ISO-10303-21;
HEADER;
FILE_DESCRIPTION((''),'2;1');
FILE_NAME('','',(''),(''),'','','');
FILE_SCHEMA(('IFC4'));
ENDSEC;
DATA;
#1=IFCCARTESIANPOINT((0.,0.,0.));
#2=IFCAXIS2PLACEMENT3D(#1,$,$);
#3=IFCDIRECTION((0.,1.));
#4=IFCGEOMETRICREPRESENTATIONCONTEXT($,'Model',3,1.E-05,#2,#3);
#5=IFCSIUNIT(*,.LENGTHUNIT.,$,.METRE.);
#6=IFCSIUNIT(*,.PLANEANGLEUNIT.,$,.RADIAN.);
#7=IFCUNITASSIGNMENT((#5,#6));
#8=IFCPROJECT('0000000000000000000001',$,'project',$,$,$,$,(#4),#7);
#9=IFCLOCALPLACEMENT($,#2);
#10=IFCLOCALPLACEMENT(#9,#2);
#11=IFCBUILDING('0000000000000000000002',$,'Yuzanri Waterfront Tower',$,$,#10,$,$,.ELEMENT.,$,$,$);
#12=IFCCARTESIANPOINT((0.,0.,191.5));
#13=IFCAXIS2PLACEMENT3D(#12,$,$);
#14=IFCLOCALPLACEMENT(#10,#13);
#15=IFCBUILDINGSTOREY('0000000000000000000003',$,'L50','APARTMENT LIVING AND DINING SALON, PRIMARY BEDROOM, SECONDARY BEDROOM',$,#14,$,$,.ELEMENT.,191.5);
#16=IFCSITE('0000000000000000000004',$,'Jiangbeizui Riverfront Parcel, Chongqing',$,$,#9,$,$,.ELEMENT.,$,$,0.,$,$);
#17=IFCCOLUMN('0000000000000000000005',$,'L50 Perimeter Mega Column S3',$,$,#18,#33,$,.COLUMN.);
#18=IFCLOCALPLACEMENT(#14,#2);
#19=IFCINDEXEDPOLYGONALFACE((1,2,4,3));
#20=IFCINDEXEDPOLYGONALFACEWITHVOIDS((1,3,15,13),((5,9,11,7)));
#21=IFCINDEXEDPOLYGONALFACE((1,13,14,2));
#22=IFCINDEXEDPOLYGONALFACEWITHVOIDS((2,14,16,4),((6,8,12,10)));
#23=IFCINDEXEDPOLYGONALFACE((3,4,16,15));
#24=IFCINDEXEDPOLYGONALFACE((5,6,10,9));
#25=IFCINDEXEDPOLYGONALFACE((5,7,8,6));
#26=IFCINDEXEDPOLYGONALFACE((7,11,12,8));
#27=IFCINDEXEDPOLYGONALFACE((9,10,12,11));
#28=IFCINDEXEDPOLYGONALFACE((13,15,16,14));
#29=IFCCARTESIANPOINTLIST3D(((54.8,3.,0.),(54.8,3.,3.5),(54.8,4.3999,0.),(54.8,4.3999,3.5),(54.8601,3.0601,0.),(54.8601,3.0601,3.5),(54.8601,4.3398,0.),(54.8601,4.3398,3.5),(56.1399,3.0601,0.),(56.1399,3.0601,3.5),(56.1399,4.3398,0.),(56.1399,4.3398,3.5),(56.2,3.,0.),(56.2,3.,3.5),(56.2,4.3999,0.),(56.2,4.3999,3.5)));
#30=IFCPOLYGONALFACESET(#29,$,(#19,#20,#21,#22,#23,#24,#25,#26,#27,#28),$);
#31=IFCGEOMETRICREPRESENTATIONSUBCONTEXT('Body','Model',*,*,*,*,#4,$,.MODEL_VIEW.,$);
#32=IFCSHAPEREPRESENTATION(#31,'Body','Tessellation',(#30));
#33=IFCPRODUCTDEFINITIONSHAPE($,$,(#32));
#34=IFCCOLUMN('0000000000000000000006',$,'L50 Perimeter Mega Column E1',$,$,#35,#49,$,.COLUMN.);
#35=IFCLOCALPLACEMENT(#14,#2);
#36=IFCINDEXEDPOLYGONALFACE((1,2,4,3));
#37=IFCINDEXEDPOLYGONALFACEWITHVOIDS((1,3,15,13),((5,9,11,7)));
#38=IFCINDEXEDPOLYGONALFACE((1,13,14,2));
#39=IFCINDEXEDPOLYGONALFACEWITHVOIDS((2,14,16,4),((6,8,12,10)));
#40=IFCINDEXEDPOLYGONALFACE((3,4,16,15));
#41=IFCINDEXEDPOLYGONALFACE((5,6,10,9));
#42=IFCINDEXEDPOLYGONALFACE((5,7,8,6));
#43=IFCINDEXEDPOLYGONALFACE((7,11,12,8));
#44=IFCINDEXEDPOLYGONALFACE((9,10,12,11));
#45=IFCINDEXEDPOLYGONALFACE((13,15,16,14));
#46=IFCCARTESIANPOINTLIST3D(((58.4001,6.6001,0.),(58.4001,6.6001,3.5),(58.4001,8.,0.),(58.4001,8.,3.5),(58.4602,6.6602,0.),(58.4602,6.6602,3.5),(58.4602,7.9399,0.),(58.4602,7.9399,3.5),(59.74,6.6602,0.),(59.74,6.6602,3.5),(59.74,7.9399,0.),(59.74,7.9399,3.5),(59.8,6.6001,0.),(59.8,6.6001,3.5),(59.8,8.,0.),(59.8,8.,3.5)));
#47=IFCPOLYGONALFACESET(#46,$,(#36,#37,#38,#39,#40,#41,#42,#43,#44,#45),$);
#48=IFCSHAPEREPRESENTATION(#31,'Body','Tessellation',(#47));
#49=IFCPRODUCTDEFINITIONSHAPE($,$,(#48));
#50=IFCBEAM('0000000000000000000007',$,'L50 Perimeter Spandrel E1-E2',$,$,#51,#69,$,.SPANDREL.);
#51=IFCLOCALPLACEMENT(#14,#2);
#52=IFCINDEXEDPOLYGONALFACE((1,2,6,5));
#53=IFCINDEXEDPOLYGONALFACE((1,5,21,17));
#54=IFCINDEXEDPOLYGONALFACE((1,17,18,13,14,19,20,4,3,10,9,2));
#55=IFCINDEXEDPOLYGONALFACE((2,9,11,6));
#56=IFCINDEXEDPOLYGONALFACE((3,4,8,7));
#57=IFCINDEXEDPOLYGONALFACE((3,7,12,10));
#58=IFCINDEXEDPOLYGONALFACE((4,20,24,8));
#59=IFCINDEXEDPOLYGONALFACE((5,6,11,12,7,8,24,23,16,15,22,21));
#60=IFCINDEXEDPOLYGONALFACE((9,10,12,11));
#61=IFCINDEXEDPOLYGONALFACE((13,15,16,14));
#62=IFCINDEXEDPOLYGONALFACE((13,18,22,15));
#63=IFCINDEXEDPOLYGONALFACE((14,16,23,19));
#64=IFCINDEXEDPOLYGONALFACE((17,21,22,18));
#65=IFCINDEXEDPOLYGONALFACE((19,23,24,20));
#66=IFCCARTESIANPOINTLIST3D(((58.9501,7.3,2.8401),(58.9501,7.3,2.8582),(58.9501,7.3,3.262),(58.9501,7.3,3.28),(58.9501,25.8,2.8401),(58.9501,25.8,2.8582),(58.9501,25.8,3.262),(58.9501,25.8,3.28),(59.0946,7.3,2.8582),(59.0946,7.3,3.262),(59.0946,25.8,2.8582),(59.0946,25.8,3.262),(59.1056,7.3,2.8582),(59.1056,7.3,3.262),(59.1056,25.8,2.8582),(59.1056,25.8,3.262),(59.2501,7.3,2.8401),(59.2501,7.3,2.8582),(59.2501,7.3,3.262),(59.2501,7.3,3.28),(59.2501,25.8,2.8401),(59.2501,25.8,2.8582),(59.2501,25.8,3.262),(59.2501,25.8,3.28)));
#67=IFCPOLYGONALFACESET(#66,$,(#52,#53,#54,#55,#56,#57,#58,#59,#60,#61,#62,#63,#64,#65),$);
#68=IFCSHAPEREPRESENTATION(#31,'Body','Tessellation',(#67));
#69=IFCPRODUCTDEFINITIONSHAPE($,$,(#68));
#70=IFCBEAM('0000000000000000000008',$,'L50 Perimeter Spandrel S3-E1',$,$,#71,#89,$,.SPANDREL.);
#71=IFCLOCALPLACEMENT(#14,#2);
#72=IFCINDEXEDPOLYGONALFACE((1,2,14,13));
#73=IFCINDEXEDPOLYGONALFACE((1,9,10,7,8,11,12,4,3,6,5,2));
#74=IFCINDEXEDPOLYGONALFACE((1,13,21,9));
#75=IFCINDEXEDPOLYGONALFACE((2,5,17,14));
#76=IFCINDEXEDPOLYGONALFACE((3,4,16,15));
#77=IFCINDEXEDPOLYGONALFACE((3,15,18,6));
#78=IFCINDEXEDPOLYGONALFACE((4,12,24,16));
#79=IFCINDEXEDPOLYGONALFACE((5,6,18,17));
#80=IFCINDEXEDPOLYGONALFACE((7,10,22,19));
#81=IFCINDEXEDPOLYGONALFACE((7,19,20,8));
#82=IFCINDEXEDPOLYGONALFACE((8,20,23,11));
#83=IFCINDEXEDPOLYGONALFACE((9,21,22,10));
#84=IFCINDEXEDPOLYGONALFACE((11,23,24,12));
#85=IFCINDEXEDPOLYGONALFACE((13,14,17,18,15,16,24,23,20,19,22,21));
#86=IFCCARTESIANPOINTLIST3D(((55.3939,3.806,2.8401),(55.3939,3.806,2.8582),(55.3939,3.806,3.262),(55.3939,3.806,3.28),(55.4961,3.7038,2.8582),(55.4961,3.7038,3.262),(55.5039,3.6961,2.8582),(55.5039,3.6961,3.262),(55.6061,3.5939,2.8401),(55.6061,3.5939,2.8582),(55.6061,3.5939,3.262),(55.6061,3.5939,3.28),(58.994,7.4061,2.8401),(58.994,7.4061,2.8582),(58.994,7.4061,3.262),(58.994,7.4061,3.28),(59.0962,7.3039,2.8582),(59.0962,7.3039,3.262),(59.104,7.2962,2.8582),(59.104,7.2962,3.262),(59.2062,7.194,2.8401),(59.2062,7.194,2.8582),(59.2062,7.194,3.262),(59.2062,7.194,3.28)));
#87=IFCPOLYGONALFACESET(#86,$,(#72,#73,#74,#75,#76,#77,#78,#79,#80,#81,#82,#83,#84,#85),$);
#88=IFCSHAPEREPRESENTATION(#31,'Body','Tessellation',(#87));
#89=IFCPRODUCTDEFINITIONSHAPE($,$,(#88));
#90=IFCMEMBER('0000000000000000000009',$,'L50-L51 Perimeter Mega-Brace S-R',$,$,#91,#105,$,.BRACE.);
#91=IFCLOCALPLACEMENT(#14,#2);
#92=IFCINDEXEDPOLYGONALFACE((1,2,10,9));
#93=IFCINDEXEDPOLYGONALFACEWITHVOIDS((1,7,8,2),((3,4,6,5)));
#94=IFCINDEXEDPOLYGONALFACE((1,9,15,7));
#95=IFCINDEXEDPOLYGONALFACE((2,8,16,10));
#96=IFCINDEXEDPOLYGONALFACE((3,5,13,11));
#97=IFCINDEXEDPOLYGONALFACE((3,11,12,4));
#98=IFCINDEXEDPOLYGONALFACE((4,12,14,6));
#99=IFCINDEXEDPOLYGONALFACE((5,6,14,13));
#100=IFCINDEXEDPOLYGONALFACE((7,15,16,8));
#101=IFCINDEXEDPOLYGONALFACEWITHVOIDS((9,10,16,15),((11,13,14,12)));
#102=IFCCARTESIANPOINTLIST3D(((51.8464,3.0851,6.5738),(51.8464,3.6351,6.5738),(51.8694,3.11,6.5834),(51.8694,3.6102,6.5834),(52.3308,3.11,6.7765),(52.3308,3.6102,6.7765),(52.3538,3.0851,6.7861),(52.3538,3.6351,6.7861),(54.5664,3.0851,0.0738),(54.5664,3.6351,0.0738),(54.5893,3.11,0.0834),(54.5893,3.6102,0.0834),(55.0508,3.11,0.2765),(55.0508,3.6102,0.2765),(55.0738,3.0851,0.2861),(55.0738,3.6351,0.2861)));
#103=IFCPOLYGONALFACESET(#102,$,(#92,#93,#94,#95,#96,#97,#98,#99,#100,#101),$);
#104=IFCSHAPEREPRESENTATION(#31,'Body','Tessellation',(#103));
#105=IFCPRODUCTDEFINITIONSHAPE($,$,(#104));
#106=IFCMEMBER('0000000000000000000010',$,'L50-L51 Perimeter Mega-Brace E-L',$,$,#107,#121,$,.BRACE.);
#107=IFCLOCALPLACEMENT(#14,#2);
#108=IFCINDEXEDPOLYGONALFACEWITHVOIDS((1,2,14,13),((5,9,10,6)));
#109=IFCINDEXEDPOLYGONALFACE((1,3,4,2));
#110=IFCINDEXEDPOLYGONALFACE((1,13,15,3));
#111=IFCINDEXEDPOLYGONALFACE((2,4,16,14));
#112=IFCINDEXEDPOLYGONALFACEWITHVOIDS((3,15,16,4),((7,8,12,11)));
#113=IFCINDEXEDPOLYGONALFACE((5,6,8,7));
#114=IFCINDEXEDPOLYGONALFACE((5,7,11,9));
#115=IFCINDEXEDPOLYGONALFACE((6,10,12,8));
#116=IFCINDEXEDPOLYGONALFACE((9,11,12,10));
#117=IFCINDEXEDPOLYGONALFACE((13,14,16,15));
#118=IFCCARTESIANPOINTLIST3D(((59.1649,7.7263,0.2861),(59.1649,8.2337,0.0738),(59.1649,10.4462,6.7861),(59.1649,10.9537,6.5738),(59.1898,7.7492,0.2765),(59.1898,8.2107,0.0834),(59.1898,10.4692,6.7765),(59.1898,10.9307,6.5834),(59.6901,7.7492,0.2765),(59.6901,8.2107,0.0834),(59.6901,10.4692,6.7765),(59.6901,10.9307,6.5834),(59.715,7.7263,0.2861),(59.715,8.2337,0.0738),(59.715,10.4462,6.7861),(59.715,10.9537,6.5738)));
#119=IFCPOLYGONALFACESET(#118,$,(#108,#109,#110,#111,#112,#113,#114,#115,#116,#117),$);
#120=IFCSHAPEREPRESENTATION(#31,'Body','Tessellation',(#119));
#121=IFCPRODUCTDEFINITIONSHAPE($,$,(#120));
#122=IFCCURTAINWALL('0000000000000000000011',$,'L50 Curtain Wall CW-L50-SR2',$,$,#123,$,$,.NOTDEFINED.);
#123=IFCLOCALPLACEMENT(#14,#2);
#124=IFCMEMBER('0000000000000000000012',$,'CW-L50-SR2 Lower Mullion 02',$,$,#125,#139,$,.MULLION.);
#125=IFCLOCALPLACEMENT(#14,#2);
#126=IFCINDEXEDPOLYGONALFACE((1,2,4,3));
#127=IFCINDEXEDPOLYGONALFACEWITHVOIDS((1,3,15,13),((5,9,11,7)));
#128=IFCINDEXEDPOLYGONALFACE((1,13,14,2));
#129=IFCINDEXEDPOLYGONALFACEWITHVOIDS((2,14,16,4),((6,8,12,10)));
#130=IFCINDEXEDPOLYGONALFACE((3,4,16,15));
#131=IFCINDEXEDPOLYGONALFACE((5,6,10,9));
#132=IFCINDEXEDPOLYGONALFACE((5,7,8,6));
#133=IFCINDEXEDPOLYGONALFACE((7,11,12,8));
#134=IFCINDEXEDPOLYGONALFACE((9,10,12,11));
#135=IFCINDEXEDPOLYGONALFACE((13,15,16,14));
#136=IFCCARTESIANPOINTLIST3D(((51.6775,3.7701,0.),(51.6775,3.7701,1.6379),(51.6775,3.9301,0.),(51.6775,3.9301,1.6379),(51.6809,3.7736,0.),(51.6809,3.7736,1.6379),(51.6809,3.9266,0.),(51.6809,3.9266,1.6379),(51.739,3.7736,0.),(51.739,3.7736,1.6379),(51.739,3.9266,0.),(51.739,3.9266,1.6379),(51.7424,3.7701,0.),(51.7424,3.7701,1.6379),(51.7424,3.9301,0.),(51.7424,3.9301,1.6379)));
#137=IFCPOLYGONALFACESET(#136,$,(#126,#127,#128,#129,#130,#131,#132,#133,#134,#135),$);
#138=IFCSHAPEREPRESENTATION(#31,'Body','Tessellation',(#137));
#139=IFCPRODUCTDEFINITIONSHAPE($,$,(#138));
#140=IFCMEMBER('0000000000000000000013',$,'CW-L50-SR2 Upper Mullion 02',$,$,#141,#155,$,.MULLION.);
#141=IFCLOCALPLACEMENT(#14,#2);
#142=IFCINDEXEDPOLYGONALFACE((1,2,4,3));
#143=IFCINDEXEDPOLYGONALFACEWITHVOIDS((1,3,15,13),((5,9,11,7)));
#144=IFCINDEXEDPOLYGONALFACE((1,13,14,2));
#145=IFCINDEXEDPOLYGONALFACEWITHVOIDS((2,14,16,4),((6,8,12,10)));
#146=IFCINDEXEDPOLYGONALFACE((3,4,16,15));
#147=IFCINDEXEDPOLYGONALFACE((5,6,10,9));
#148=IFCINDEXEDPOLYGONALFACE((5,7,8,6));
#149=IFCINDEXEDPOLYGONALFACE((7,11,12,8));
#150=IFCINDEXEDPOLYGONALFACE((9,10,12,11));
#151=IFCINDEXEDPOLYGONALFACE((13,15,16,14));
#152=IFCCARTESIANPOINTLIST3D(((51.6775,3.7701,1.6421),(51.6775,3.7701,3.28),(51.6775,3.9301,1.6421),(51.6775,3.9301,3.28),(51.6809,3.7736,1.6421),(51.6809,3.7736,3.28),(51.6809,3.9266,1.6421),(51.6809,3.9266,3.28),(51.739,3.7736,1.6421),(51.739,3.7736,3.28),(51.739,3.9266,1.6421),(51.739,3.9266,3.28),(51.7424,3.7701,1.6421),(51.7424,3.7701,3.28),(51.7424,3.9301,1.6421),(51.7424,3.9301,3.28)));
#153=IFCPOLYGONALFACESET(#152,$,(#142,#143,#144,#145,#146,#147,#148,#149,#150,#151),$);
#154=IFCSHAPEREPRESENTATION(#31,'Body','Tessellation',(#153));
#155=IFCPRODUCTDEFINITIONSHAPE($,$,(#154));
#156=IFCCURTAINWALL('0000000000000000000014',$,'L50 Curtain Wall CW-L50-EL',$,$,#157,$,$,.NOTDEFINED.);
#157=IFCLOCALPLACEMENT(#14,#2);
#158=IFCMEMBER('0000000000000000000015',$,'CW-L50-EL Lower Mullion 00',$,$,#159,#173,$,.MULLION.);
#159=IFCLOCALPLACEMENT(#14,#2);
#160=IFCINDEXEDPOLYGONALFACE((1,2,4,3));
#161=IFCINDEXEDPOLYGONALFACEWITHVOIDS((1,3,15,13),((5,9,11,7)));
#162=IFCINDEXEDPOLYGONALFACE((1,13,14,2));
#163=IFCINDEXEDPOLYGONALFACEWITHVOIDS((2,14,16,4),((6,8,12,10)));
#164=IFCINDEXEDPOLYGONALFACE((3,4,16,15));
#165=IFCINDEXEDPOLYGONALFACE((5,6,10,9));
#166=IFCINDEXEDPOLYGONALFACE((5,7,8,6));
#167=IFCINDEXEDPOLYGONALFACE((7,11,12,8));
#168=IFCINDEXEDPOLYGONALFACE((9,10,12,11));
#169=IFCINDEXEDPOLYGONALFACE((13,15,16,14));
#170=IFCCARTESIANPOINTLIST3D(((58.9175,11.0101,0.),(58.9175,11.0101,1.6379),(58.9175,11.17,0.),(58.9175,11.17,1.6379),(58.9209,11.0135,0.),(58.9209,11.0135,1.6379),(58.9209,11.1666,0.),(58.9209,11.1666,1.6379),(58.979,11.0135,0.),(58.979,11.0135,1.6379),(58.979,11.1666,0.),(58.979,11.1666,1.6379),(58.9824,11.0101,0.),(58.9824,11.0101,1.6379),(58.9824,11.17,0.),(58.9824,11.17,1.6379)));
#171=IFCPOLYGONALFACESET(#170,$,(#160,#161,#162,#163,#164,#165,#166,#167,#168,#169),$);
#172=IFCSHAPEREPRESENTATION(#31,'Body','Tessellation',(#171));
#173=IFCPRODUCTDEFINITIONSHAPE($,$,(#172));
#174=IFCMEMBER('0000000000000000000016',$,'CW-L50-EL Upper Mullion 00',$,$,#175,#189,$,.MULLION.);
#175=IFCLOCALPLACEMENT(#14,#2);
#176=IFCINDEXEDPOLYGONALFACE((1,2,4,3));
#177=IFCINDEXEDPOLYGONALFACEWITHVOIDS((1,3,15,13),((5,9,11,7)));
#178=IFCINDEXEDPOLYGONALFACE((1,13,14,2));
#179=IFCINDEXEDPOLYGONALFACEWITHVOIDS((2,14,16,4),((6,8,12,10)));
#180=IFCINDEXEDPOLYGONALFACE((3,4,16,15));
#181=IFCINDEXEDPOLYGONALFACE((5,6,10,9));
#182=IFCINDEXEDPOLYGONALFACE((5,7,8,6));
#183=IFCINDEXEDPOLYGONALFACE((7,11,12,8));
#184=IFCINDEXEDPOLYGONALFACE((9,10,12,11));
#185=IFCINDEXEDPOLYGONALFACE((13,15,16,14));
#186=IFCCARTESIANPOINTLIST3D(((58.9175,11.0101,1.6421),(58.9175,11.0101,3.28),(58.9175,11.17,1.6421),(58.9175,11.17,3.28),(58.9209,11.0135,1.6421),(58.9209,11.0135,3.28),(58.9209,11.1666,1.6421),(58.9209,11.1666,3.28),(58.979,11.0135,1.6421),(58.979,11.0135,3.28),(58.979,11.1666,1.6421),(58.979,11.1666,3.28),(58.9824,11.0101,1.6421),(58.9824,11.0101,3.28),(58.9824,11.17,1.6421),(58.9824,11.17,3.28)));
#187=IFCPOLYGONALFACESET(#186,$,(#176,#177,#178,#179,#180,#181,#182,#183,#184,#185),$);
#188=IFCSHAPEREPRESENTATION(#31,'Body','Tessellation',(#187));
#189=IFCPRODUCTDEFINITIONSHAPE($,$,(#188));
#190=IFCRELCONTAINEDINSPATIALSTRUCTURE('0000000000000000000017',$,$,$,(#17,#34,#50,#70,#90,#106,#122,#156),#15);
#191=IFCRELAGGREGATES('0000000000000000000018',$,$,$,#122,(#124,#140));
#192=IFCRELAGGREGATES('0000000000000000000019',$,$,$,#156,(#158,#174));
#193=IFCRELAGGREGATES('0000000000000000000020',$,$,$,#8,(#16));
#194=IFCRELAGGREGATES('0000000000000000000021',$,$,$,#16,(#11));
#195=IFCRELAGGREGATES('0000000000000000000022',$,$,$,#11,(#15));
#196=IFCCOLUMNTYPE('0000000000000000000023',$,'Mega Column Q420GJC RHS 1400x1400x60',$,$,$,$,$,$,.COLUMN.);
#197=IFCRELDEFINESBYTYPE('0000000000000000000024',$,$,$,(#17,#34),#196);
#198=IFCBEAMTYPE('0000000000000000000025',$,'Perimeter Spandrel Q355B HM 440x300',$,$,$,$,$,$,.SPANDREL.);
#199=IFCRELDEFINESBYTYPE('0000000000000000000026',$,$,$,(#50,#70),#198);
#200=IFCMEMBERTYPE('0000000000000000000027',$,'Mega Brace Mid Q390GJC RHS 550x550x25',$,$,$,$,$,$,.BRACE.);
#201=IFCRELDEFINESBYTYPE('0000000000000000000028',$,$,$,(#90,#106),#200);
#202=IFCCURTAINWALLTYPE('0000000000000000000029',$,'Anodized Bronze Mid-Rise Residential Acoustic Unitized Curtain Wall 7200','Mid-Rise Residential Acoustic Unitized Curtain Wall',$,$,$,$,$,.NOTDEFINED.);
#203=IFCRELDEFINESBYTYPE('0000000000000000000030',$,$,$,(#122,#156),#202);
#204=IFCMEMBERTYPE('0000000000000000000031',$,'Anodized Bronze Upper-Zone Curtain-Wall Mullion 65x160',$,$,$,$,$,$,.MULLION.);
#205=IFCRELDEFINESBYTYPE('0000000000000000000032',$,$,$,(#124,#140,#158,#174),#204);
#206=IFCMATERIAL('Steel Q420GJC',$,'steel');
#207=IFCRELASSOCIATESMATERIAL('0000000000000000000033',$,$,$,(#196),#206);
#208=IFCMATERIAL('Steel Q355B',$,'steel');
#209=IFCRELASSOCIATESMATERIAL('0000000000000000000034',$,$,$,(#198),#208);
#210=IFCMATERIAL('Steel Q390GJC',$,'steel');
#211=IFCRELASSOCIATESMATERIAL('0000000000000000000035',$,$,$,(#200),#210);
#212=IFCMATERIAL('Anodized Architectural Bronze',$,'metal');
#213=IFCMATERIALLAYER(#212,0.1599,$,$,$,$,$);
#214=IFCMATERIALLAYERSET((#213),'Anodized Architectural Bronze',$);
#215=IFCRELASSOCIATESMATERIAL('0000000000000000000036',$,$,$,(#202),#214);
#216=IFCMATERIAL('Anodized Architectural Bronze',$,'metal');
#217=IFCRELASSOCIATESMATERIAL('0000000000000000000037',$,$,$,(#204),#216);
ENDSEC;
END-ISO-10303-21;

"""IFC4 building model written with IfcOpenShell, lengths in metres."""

from ifc_helpers import new_model, si_unit, direction, frame, origin, origin_2d, place, context, subcontext, project, spatial, hollow_rectangle, i_section, extrude, source, transform, mapped, material, layer, layer_set, material_profile, profile_set, type_object, element, aggregate, save


model = new_model("IFC4")

# Units and contexts
model_context = context("Model", 3, precision=1e-05, world=origin(), true_north=direction((0.0, 1.0)))
body_context = subcontext(model_context, "Body", "Model", "MODEL_VIEW")
ifc_project = project(units=[si_unit("LENGTHUNIT", "METRE"), si_unit("PLANEANGLEUNIT", "RADIAN")], contexts=[model_context])

# Site, building, storey
site_placement = place(None, origin())
site = spatial("IfcSite", under=ifc_project, at=site_placement, Name="Jiangbeizui Riverfront Parcel, Chongqing", CompositionType="ELEMENT", RefElevation=0.0)
building_placement = place(site_placement, origin())
building = spatial("IfcBuilding", under=site, at=building_placement, Name="Yuzanri Waterfront Tower", CompositionType="ELEMENT")
storey_placement = place(building_placement, frame((0.0, 0.0, 191.5)))
storey = spatial("IfcBuildingStorey", under=building, at=storey_placement, Name="L50", Description="APARTMENT LIVING AND DINING SALON, PRIMARY BEDROOM, SECONDARY BEDROOM", CompositionType="ELEMENT", Elevation=191.5)

# Columns
ifc_material_1 = material(Name="Steel Q420GJC", Category="steel")
ifc_material_profile_1 = material_profile(ifc_material_1, hollow_rectangle(XDim=1.3999, YDim=1.3999, WallThickness=0.0601, at=origin_2d()), Name="RHS 1400x1400x60")
ifc_profile_set_1 = profile_set([ifc_material_profile_1], Name="Steel Q420GJC")
column_type = type_object("IfcColumnType", Name="Mega Column Q420GJC RHS 1400x1400x60", PredefinedType="COLUMN", material=ifc_profile_set_1)
shared_shape_1 = source(origin(), body_context, "Body", "SweptSolid", [
    extrude(hollow_rectangle(XDim=1.3999, YDim=1.3999, WallThickness=0.0601, at=origin_2d()), origin(), (0.0, 0.0, 1.0), 3.5),
])
for number, where, z_axis, x_axis, name in (
    (1, (55.5, 3.7, 0.0), (0.0, 0.0, 1.0), (1.0, 0.0, 0.0), "L50 Perimeter Mega Column S3"),
    (2, (59.1001, 7.3, 0.0), (0.0, 0.0, 1.0), (1.0, 0.0, 0.0), "L50 Perimeter Mega Column E1"),
):
    element("IfcColumn", number, at=place(storey_placement, frame(where, z_axis=z_axis, x_axis=x_axis)), inside=storey, type_object=column_type, Name=name, PredefinedType="COLUMN", context=body_context, shape_type="MappedRepresentation", body=[
        mapped(shared_shape_1, transform((0.0, 0.0, 0.0), scale=1.0)),
    ])

# Beams
ifc_material_2 = material(Name="Steel Q355B", Category="steel")
ifc_material_profile_2 = material_profile(ifc_material_2, i_section(OverallWidth=0.3, OverallDepth=0.4399, WebThickness=0.011, FlangeThickness=0.0181, at=origin_2d()), Name="HM 440x300x11x18")
ifc_profile_set_2 = profile_set([ifc_material_profile_2], Name="Steel Q355B")
beam_type = type_object("IfcBeamType", Name="Perimeter Spandrel Q355B HM 440x300", PredefinedType="SPANDREL", material=ifc_profile_set_2)
shared_shape_2 = source(origin(), body_context, "Body", "SweptSolid", [
    extrude(i_section(OverallWidth=0.3, OverallDepth=0.4399, WebThickness=0.011, FlangeThickness=0.0181, at=origin_2d()), origin(), (0.0, 0.0, 1.0), 18.5),
])
beam_1_placement = place(storey_placement, frame((59.1001, 7.3, 3.0601), z_axis=(0.0, 1.0, 0.0), x_axis=(-1.0, 0.0, 0.0)))
element("IfcBeam", 3, at=beam_1_placement, inside=storey, type_object=beam_type, Name="L50 Perimeter Spandrel E1-E2", PredefinedType="SPANDREL", context=body_context, shape_type="MappedRepresentation", body=[
    mapped(shared_shape_2, transform((0.0, 0.0, 0.0), scale=1.0)),
])
shared_shape_3 = source(origin(), body_context, "Body", "SweptSolid", [
    extrude(i_section(OverallWidth=0.3, OverallDepth=0.4399, WebThickness=0.011, FlangeThickness=0.0181, at=origin_2d()), origin(), (0.0, 0.0, 1.0), 5.0913),
])
beam_2_placement = place(storey_placement, frame((55.5, 3.7, 3.0601), z_axis=(0.707107, 0.707107, 0.0), x_axis=(-0.707107, 0.707107, 0.0)))
element("IfcBeam", 4, at=beam_2_placement, inside=storey, type_object=beam_type, Name="L50 Perimeter Spandrel S3-E1", PredefinedType="SPANDREL", context=body_context, shape_type="MappedRepresentation", body=[
    mapped(shared_shape_3, transform((0.0, 0.0, 0.0), scale=1.0)),
])

# Members
ifc_material_3 = material(Name="Steel Q390GJC", Category="steel")
ifc_material_profile_3 = material_profile(ifc_material_3, hollow_rectangle(XDim=0.55, YDim=0.55, WallThickness=0.0249, at=origin_2d()), Name="RHS 550x550x25")
ifc_profile_set_3 = profile_set([ifc_material_profile_3], Name="Steel Q390GJC")
member_type_1 = type_object("IfcMemberType", Name="Mega Brace Mid Q390GJC RHS 550x550x25", PredefinedType="BRACE", material=ifc_profile_set_3)
shared_shape_4 = source(origin(), body_context, "Body", "SweptSolid", [
    extrude(hollow_rectangle(XDim=0.55, YDim=0.55, WallThickness=0.0249, at=origin_2d()), origin(), (0.0, 0.0, 1.0), 7.0461),
])
for number, where, z_axis, x_axis, name in (
    (5, (54.8201, 3.3601, 0.1799), (-0.386022, 0.0, 0.922489), (0.0, -1.0, 0.0), "L50-L51 Perimeter Mega-Brace S-R"),
    (6, (59.4399, 7.98, 0.1799), (0.0, 0.386022, 0.922489), (-1.0, 0.0, 0.0), "L50-L51 Perimeter Mega-Brace E-L"),
):
    element("IfcMember", number, at=place(storey_placement, frame(where, z_axis=z_axis, x_axis=x_axis)), inside=storey, type_object=member_type_1, Name=name, PredefinedType="BRACE", context=body_context, shape_type="MappedRepresentation", body=[
        mapped(shared_shape_4, transform((0.0, 0.0, 0.0), scale=1.0)),
    ])

# Curtain walls, members
ifc_material_4 = material(Name="Anodized Architectural Bronze", Category="metal")
ifc_layer_1 = layer(ifc_material_4, 0.1599)
ifc_layer_set_1 = layer_set([ifc_layer_1], Name="Anodized Architectural Bronze")
curtain_wall_type = type_object("IfcCurtainWallType", Name="Anodized Bronze Mid-Rise Residential Acoustic Unitized Curtain Wall 7200", Description="Mid-Rise Residential Acoustic Unitized Curtain Wall", PredefinedType="NOTDEFINED", material=ifc_layer_set_1)
curtain_wall_1_placement = place(storey_placement, origin())
curtain_wall_1 = element("IfcCurtainWall", 7, at=curtain_wall_1_placement, inside=storey, type_object=curtain_wall_type, Name="L50 Curtain Wall CW-L50-SR2", PredefinedType="NOTDEFINED")
ifc_material_5 = material(Name="Anodized Architectural Bronze", Category="metal")
ifc_material_profile_4 = material_profile(ifc_material_5, hollow_rectangle(XDim=0.0649, YDim=0.1599, WallThickness=0.0034, at=origin_2d()), Name="CWM 65x160")
ifc_profile_set_4 = profile_set([ifc_material_profile_4], Name="Anodized Architectural Bronze")
member_type_2 = type_object("IfcMemberType", Name="Anodized Bronze Upper-Zone Curtain-Wall Mullion 65x160", PredefinedType="MULLION", material=ifc_profile_set_4)
shared_shape_5 = source(origin(), body_context, "Body", "SweptSolid", [
    extrude(hollow_rectangle(XDim=0.0649, YDim=0.1599, WallThickness=0.0034, at=origin_2d()), origin(), (0.0, 0.0, 1.0), 1.6379),
])
member_1_placement = place(storey_placement, frame((51.71, 3.8501, 0.0), z_axis=(0.0, 0.0, 1.0), x_axis=(1.0, 0.0, 0.0)))
member_1 = element("IfcMember", 8, at=member_1_placement, type_object=member_type_2, Name="CW-L50-SR2 Lower Mullion 02", PredefinedType="MULLION", context=body_context, shape_type="MappedRepresentation", body=[
    mapped(shared_shape_5, transform((0.0, 0.0, 0.0), scale=1.0)),
])
member_2_placement = place(storey_placement, frame((51.71, 3.8501, 1.6421), z_axis=(0.0, 0.0, 1.0), x_axis=(1.0, 0.0, 0.0)))
member_2 = element("IfcMember", 9, at=member_2_placement, type_object=member_type_2, Name="CW-L50-SR2 Upper Mullion 02", PredefinedType="MULLION", context=body_context, shape_type="MappedRepresentation", body=[
    mapped(shared_shape_5, transform((0.0, 0.0, 0.0), scale=1.0)),
])
aggregate(curtain_wall_1, [member_1, member_2])
curtain_wall_2_placement = place(storey_placement, origin())
curtain_wall_2 = element("IfcCurtainWall", 10, at=curtain_wall_2_placement, inside=storey, type_object=curtain_wall_type, Name="L50 Curtain Wall CW-L50-EL", PredefinedType="NOTDEFINED")
member_3_placement = place(storey_placement, frame((58.95, 11.0901, 0.0), z_axis=(0.0, 0.0, 1.0), x_axis=(1.0, 0.0, 0.0)))
member_3 = element("IfcMember", 11, at=member_3_placement, type_object=member_type_2, Name="CW-L50-EL Lower Mullion 00", PredefinedType="MULLION", context=body_context, shape_type="MappedRepresentation", body=[
    mapped(shared_shape_5, transform((0.0, 0.0, 0.0), scale=1.0)),
])
member_4_placement = place(storey_placement, frame((58.95, 11.0901, 1.6421), z_axis=(0.0, 0.0, 1.0), x_axis=(1.0, 0.0, 0.0)))
member_4 = element("IfcMember", 12, at=member_4_placement, type_object=member_type_2, Name="CW-L50-EL Upper Mullion 00", PredefinedType="MULLION", context=body_context, shape_type="MappedRepresentation", body=[
    mapped(shared_shape_5, transform((0.0, 0.0, 0.0), scale=1.0)),
])
aggregate(curtain_wall_2, [member_3, member_4])

save(model, "model.ifc")
